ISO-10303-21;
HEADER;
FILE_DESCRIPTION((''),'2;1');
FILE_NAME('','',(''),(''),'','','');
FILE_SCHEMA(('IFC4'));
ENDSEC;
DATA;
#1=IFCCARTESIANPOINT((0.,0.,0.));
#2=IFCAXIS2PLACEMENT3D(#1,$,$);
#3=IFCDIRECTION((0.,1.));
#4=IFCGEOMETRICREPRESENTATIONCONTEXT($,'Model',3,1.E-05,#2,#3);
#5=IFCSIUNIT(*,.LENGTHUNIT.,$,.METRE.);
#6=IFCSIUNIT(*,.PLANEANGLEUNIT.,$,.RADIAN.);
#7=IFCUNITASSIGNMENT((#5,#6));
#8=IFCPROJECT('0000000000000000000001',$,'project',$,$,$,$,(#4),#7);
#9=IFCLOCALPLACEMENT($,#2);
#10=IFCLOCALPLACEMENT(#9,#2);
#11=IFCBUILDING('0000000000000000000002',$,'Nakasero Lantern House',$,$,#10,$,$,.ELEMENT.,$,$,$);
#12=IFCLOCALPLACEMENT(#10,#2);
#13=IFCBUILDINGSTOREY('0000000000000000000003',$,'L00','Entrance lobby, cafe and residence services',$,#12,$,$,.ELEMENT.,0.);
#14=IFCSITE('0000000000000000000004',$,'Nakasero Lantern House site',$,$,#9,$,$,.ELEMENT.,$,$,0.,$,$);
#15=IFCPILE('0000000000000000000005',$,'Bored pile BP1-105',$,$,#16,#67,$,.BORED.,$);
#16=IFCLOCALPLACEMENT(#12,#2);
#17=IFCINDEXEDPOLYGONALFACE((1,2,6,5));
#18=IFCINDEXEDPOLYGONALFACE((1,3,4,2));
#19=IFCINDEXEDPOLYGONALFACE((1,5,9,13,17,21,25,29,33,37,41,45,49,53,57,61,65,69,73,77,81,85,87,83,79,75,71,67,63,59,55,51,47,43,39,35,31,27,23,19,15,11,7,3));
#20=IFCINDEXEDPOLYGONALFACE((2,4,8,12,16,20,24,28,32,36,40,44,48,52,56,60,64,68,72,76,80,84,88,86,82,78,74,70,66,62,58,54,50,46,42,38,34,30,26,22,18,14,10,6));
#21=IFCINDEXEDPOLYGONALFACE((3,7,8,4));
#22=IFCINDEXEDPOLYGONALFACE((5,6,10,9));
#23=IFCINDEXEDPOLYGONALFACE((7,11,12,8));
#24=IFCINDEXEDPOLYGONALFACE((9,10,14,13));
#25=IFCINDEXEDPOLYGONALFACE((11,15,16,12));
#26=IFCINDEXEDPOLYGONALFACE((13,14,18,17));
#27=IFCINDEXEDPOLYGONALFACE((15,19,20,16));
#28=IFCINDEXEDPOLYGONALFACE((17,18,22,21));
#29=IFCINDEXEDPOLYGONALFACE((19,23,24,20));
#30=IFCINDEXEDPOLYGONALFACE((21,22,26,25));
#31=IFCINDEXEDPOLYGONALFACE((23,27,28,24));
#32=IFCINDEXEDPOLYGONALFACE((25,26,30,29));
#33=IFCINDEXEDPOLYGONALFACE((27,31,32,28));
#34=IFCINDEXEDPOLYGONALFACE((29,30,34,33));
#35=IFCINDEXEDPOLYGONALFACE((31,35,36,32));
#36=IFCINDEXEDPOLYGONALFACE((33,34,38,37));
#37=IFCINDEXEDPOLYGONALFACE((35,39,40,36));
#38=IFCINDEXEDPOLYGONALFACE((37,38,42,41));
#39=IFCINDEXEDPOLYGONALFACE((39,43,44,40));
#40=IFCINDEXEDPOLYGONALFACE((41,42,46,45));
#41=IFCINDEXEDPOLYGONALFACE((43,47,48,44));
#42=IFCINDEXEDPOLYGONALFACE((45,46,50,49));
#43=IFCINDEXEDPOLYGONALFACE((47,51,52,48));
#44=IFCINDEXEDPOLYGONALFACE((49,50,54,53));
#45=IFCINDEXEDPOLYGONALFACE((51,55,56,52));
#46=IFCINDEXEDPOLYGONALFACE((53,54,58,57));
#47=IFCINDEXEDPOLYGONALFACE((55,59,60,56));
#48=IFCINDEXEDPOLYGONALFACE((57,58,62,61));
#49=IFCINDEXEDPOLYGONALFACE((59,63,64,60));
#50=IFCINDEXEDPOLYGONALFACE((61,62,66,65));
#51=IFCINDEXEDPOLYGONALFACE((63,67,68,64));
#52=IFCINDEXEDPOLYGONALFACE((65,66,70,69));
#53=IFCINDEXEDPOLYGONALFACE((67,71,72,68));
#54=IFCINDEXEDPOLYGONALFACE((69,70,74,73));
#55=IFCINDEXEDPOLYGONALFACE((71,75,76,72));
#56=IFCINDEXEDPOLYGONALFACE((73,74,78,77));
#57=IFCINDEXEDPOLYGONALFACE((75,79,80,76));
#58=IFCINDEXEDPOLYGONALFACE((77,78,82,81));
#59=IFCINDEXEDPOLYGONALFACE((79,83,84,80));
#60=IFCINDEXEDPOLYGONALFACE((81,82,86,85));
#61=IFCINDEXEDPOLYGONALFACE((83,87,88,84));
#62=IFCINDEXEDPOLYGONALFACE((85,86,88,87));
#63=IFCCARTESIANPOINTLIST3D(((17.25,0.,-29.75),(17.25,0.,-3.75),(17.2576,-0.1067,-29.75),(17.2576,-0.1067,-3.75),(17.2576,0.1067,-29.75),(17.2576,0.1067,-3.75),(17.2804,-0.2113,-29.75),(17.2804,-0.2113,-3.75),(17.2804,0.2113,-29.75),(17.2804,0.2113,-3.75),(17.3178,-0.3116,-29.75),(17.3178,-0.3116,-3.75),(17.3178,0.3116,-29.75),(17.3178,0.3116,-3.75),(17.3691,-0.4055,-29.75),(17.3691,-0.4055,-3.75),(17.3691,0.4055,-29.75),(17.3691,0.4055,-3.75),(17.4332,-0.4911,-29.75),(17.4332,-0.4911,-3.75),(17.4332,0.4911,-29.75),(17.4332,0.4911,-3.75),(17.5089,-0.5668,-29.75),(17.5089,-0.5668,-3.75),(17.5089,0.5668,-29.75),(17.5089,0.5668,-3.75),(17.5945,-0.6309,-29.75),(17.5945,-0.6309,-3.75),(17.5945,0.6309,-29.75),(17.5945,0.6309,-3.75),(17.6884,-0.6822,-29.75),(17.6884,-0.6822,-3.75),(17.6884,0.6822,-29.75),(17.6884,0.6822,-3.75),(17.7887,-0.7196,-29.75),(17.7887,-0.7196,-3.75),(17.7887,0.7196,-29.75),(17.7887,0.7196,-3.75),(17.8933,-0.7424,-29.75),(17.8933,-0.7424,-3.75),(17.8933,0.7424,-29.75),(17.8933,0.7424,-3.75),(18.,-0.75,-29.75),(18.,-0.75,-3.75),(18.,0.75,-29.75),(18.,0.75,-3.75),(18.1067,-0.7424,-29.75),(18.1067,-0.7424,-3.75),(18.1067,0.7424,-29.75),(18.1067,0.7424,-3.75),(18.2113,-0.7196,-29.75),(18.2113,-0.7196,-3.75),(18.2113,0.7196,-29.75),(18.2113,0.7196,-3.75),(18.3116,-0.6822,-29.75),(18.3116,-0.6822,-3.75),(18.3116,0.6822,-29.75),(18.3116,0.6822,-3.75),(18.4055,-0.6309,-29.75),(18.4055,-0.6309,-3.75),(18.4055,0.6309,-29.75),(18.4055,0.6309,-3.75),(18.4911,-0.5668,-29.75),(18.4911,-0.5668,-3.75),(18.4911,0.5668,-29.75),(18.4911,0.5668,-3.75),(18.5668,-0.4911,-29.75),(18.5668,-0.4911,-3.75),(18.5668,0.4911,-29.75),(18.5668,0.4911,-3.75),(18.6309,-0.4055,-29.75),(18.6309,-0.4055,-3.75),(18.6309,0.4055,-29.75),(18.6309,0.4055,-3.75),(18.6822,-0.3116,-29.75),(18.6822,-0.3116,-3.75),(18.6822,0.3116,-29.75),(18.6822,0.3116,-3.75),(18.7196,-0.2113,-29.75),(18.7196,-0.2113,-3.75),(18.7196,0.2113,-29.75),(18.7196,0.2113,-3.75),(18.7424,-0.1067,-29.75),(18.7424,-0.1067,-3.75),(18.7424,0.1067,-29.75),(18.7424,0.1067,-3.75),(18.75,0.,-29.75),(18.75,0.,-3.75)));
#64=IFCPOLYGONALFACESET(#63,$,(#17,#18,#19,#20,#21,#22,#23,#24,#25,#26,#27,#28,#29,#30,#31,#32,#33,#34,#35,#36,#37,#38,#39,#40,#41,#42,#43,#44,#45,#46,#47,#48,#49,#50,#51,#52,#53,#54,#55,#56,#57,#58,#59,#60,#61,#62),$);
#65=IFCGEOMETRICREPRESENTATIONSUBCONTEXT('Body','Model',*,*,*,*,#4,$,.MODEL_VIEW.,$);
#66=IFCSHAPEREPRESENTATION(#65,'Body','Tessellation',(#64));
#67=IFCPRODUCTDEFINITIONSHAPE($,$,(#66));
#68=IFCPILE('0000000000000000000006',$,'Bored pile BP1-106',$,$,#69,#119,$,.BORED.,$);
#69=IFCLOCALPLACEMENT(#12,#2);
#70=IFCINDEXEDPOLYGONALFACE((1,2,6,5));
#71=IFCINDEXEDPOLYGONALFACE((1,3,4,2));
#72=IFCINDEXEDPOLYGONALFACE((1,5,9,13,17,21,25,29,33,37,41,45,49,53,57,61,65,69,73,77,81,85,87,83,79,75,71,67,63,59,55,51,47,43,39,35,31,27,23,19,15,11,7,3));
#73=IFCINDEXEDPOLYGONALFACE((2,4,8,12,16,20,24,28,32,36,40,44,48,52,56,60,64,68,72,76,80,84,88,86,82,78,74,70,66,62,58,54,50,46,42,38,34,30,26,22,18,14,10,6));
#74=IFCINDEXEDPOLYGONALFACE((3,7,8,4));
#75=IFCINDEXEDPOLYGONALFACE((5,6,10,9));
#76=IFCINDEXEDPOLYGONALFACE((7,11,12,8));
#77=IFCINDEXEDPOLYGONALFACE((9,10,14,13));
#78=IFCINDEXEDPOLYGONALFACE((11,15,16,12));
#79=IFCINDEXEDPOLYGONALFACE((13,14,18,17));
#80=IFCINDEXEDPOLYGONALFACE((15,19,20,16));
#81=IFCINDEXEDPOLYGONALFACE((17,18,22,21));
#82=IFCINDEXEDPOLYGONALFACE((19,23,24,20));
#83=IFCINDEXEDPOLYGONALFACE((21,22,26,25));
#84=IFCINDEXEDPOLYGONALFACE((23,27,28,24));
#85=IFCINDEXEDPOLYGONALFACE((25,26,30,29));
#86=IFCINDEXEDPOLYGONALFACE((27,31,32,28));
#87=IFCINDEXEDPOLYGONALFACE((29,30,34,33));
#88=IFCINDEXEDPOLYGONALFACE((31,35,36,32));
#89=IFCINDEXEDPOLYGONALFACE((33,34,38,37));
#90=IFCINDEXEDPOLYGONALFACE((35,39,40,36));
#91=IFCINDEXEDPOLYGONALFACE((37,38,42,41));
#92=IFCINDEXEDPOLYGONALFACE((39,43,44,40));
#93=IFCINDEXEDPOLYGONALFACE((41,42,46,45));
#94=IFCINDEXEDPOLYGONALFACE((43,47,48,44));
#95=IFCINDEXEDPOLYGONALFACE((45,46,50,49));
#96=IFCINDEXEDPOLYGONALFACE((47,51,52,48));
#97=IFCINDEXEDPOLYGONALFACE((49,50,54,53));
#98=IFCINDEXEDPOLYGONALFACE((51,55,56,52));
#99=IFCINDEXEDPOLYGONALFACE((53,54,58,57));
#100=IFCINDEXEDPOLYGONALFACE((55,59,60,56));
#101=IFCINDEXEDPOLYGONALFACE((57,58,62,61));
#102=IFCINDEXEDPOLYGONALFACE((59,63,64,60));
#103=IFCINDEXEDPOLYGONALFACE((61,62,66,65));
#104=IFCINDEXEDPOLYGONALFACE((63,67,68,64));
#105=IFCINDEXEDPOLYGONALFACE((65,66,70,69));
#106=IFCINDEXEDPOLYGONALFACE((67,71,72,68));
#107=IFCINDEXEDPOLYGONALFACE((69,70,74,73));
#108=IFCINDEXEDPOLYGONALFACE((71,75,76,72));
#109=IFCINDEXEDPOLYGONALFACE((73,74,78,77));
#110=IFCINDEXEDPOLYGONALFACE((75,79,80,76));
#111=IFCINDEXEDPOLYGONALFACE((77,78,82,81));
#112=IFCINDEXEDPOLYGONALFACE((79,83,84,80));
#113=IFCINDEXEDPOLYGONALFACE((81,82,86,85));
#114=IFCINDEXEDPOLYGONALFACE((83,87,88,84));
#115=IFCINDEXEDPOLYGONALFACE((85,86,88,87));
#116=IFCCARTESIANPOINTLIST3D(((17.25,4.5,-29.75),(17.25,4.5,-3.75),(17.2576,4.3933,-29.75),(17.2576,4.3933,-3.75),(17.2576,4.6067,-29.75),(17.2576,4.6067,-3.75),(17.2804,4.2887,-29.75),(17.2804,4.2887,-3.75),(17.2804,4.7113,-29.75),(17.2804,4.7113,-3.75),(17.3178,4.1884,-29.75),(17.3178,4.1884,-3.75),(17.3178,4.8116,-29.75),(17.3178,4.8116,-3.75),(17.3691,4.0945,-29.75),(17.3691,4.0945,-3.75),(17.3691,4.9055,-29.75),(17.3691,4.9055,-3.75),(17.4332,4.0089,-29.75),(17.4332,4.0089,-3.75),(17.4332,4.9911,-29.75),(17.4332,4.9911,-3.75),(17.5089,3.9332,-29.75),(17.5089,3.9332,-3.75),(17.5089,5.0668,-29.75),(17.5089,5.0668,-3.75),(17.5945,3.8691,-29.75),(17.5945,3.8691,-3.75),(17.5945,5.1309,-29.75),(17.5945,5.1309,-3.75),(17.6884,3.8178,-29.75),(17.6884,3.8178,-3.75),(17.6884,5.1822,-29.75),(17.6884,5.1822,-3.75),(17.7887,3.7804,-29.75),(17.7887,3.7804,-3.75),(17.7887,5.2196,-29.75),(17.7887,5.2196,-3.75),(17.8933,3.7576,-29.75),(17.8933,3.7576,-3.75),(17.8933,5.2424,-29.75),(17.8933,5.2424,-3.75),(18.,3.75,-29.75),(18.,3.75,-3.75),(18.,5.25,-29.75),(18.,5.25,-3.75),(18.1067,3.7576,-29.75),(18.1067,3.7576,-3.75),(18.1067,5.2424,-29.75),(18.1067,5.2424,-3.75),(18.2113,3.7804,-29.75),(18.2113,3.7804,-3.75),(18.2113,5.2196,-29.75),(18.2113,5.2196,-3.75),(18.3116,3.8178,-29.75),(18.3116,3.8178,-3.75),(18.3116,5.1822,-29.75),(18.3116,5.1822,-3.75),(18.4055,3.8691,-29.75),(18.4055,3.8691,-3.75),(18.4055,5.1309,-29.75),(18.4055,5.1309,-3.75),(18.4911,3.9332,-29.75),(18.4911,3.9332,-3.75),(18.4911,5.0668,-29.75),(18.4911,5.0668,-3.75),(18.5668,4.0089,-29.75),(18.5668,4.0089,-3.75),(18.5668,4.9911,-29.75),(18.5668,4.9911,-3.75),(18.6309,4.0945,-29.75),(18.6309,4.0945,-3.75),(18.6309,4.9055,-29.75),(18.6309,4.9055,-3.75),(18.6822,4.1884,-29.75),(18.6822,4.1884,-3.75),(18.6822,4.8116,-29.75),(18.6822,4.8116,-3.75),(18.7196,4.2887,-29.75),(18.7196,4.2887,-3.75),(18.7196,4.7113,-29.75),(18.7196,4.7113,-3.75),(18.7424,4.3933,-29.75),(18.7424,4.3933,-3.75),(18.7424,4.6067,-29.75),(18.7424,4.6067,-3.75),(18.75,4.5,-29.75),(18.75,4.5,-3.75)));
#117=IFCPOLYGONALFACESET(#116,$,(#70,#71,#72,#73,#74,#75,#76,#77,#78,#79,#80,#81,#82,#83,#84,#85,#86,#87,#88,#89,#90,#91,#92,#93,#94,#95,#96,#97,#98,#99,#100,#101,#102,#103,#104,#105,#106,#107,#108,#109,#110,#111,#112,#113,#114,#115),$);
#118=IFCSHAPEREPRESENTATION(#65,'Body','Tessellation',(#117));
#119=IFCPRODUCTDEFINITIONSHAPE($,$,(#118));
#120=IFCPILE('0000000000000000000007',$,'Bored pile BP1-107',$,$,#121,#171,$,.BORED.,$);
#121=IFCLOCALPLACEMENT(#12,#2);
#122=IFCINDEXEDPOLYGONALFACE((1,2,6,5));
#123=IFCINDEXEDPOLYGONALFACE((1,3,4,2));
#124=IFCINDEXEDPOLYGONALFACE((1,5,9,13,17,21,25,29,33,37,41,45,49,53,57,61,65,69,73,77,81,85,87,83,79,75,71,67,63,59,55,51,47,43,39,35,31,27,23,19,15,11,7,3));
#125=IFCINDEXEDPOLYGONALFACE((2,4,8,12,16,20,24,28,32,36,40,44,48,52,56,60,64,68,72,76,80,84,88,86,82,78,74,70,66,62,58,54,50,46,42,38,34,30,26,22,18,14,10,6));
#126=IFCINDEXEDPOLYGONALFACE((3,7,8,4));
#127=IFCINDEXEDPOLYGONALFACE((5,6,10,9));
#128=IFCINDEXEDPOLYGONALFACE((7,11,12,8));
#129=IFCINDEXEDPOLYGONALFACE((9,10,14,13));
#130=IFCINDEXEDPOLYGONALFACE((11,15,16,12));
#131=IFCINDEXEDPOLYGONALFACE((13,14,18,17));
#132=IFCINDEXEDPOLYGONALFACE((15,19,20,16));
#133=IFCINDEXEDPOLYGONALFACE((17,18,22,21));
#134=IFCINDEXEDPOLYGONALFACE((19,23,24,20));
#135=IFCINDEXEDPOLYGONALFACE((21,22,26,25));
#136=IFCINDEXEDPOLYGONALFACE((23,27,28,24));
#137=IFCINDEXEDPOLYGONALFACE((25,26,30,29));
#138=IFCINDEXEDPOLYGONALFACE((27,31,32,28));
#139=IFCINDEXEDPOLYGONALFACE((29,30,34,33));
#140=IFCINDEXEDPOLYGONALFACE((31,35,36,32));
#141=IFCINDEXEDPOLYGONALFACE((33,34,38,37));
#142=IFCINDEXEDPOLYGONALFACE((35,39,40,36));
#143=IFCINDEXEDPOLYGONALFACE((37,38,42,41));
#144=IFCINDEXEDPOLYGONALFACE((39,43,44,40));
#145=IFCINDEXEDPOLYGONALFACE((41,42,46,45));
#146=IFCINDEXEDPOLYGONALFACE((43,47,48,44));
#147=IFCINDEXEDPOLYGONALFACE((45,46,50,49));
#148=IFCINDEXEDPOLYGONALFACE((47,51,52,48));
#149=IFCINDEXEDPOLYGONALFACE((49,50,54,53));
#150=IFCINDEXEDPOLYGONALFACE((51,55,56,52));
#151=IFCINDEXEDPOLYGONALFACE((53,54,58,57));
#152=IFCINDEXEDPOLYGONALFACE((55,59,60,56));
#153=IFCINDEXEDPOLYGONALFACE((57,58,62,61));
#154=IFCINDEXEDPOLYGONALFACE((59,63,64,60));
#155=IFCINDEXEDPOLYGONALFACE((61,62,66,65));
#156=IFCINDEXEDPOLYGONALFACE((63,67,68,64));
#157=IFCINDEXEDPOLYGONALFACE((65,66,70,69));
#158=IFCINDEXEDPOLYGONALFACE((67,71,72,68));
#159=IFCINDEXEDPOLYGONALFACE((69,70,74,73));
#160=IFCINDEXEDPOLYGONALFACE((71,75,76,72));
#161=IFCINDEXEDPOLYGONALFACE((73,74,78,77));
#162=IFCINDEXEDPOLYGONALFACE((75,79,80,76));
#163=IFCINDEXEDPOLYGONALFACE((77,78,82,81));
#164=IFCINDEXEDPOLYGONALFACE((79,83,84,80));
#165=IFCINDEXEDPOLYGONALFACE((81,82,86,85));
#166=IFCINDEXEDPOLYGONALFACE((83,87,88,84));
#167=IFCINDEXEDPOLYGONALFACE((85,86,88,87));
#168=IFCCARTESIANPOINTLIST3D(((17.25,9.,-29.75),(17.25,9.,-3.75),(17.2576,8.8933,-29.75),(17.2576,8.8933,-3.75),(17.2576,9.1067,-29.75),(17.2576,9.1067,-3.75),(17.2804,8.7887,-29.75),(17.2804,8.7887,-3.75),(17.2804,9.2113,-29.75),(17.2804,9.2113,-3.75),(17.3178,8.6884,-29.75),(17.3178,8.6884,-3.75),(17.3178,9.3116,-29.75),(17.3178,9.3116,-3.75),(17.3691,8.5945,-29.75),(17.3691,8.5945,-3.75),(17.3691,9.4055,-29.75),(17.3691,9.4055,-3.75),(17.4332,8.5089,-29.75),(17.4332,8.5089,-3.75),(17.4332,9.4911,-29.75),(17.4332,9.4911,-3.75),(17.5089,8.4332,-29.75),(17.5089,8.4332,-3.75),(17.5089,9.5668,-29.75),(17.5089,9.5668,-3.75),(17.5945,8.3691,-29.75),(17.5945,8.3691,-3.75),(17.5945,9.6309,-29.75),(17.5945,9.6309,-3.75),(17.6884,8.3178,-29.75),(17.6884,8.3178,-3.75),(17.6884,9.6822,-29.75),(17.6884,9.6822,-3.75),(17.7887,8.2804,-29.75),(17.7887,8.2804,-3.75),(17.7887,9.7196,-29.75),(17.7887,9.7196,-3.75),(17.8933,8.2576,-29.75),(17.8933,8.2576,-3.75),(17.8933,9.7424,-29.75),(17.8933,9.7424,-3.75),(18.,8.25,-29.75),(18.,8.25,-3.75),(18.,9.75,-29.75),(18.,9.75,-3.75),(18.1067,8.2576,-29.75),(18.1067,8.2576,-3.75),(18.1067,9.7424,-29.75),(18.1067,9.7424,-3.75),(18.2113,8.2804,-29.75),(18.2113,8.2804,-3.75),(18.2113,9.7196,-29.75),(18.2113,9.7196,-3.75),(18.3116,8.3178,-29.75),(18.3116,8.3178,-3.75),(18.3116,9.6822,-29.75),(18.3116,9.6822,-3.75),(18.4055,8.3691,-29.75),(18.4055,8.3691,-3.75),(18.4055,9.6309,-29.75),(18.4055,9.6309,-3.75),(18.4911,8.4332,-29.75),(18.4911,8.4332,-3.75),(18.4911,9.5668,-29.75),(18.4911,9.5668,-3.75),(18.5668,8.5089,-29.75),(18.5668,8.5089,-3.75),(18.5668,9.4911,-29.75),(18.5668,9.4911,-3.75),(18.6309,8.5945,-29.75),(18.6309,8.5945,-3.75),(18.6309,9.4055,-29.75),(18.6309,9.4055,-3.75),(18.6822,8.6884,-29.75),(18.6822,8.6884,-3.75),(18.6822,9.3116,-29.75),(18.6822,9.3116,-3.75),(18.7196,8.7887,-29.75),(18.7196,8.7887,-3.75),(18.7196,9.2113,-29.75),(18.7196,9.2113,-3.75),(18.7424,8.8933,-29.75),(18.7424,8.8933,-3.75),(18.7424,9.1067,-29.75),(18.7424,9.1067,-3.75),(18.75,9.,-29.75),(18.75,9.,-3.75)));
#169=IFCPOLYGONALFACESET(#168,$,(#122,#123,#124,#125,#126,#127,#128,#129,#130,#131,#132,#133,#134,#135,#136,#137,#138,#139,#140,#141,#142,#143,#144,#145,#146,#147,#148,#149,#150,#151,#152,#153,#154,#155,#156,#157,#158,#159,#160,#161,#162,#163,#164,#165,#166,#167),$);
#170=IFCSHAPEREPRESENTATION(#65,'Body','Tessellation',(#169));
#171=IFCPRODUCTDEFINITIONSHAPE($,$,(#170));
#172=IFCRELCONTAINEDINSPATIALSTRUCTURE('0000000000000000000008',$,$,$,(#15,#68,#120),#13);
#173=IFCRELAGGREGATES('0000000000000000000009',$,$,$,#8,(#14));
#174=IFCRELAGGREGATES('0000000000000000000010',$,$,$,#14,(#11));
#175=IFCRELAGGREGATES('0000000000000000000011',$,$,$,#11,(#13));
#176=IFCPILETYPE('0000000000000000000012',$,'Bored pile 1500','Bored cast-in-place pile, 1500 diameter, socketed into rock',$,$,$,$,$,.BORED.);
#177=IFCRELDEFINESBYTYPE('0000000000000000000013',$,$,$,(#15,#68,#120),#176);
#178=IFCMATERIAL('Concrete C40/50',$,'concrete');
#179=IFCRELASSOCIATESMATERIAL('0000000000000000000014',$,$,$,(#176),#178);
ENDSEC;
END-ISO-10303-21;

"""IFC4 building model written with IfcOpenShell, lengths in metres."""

from ifc_helpers import new_model, si_unit, direction, frame, origin, origin_2d, place, context, subcontext, project, spatial, circle, extrude, material, type_object, element, save


model = new_model("IFC4")

# Units and contexts
model_context = context("Model", 3, precision=1e-05, world=origin(), true_north=direction((0.0, 1.0)))
body_context = subcontext(model_context, "Body", "Model", "MODEL_VIEW")
ifc_project = project(units=[si_unit("LENGTHUNIT", "METRE"), si_unit("PLANEANGLEUNIT", "RADIAN")], contexts=[model_context])

# Site, building, storey
site_placement = place(None, origin())
site = spatial("IfcSite", under=ifc_project, at=site_placement, Name="Nakasero Lantern House site", CompositionType="ELEMENT", RefElevation=0.0)
building_placement = place(site_placement, origin())
building = spatial("IfcBuilding", under=site, at=building_placement, Name="Nakasero Lantern House", CompositionType="ELEMENT")
storey_placement = place(building_placement, origin())
storey = spatial("IfcBuildingStorey", under=building, at=storey_placement, Name="L00", Description="Entrance lobby, cafe and residence services", CompositionType="ELEMENT", Elevation=0.0)

# Piles
ifc_material_1 = material(Name="Concrete C40/50", Category="concrete")
pile_type = type_object("IfcPileType", Name="Bored pile 1500", Description="Bored cast-in-place pile, 1500 diameter, socketed into rock", PredefinedType="BORED", material=ifc_material_1)
for number, where, z_axis, x_axis, name in (
    (1, (18.0, 0.0, -3.75), (0.0, 0.0, -1.0), (1.0, 0.0, 0.0), "Bored pile BP1-105"),
    (2, (18.0, 4.5, -3.75), (0.0, 0.0, -1.0), (1.0, 0.0, 0.0), "Bored pile BP1-106"),
    (3, (18.0, 9.0, -3.75), (0.0, 0.0, -1.0), (1.0, 0.0, 0.0), "Bored pile BP1-107"),
):
    element("IfcPile", number, at=place(storey_placement, frame(where, z_axis=z_axis, x_axis=x_axis)), inside=storey, type_object=pile_type, Name=name, PredefinedType="BORED", context=body_context, shape_type="SweptSolid", body=[
        extrude(circle(Radius=0.75, at=origin_2d()), origin(), (0.0, 0.0, 1.0), 26.0),
    ])

save(model, "model.ifc")
